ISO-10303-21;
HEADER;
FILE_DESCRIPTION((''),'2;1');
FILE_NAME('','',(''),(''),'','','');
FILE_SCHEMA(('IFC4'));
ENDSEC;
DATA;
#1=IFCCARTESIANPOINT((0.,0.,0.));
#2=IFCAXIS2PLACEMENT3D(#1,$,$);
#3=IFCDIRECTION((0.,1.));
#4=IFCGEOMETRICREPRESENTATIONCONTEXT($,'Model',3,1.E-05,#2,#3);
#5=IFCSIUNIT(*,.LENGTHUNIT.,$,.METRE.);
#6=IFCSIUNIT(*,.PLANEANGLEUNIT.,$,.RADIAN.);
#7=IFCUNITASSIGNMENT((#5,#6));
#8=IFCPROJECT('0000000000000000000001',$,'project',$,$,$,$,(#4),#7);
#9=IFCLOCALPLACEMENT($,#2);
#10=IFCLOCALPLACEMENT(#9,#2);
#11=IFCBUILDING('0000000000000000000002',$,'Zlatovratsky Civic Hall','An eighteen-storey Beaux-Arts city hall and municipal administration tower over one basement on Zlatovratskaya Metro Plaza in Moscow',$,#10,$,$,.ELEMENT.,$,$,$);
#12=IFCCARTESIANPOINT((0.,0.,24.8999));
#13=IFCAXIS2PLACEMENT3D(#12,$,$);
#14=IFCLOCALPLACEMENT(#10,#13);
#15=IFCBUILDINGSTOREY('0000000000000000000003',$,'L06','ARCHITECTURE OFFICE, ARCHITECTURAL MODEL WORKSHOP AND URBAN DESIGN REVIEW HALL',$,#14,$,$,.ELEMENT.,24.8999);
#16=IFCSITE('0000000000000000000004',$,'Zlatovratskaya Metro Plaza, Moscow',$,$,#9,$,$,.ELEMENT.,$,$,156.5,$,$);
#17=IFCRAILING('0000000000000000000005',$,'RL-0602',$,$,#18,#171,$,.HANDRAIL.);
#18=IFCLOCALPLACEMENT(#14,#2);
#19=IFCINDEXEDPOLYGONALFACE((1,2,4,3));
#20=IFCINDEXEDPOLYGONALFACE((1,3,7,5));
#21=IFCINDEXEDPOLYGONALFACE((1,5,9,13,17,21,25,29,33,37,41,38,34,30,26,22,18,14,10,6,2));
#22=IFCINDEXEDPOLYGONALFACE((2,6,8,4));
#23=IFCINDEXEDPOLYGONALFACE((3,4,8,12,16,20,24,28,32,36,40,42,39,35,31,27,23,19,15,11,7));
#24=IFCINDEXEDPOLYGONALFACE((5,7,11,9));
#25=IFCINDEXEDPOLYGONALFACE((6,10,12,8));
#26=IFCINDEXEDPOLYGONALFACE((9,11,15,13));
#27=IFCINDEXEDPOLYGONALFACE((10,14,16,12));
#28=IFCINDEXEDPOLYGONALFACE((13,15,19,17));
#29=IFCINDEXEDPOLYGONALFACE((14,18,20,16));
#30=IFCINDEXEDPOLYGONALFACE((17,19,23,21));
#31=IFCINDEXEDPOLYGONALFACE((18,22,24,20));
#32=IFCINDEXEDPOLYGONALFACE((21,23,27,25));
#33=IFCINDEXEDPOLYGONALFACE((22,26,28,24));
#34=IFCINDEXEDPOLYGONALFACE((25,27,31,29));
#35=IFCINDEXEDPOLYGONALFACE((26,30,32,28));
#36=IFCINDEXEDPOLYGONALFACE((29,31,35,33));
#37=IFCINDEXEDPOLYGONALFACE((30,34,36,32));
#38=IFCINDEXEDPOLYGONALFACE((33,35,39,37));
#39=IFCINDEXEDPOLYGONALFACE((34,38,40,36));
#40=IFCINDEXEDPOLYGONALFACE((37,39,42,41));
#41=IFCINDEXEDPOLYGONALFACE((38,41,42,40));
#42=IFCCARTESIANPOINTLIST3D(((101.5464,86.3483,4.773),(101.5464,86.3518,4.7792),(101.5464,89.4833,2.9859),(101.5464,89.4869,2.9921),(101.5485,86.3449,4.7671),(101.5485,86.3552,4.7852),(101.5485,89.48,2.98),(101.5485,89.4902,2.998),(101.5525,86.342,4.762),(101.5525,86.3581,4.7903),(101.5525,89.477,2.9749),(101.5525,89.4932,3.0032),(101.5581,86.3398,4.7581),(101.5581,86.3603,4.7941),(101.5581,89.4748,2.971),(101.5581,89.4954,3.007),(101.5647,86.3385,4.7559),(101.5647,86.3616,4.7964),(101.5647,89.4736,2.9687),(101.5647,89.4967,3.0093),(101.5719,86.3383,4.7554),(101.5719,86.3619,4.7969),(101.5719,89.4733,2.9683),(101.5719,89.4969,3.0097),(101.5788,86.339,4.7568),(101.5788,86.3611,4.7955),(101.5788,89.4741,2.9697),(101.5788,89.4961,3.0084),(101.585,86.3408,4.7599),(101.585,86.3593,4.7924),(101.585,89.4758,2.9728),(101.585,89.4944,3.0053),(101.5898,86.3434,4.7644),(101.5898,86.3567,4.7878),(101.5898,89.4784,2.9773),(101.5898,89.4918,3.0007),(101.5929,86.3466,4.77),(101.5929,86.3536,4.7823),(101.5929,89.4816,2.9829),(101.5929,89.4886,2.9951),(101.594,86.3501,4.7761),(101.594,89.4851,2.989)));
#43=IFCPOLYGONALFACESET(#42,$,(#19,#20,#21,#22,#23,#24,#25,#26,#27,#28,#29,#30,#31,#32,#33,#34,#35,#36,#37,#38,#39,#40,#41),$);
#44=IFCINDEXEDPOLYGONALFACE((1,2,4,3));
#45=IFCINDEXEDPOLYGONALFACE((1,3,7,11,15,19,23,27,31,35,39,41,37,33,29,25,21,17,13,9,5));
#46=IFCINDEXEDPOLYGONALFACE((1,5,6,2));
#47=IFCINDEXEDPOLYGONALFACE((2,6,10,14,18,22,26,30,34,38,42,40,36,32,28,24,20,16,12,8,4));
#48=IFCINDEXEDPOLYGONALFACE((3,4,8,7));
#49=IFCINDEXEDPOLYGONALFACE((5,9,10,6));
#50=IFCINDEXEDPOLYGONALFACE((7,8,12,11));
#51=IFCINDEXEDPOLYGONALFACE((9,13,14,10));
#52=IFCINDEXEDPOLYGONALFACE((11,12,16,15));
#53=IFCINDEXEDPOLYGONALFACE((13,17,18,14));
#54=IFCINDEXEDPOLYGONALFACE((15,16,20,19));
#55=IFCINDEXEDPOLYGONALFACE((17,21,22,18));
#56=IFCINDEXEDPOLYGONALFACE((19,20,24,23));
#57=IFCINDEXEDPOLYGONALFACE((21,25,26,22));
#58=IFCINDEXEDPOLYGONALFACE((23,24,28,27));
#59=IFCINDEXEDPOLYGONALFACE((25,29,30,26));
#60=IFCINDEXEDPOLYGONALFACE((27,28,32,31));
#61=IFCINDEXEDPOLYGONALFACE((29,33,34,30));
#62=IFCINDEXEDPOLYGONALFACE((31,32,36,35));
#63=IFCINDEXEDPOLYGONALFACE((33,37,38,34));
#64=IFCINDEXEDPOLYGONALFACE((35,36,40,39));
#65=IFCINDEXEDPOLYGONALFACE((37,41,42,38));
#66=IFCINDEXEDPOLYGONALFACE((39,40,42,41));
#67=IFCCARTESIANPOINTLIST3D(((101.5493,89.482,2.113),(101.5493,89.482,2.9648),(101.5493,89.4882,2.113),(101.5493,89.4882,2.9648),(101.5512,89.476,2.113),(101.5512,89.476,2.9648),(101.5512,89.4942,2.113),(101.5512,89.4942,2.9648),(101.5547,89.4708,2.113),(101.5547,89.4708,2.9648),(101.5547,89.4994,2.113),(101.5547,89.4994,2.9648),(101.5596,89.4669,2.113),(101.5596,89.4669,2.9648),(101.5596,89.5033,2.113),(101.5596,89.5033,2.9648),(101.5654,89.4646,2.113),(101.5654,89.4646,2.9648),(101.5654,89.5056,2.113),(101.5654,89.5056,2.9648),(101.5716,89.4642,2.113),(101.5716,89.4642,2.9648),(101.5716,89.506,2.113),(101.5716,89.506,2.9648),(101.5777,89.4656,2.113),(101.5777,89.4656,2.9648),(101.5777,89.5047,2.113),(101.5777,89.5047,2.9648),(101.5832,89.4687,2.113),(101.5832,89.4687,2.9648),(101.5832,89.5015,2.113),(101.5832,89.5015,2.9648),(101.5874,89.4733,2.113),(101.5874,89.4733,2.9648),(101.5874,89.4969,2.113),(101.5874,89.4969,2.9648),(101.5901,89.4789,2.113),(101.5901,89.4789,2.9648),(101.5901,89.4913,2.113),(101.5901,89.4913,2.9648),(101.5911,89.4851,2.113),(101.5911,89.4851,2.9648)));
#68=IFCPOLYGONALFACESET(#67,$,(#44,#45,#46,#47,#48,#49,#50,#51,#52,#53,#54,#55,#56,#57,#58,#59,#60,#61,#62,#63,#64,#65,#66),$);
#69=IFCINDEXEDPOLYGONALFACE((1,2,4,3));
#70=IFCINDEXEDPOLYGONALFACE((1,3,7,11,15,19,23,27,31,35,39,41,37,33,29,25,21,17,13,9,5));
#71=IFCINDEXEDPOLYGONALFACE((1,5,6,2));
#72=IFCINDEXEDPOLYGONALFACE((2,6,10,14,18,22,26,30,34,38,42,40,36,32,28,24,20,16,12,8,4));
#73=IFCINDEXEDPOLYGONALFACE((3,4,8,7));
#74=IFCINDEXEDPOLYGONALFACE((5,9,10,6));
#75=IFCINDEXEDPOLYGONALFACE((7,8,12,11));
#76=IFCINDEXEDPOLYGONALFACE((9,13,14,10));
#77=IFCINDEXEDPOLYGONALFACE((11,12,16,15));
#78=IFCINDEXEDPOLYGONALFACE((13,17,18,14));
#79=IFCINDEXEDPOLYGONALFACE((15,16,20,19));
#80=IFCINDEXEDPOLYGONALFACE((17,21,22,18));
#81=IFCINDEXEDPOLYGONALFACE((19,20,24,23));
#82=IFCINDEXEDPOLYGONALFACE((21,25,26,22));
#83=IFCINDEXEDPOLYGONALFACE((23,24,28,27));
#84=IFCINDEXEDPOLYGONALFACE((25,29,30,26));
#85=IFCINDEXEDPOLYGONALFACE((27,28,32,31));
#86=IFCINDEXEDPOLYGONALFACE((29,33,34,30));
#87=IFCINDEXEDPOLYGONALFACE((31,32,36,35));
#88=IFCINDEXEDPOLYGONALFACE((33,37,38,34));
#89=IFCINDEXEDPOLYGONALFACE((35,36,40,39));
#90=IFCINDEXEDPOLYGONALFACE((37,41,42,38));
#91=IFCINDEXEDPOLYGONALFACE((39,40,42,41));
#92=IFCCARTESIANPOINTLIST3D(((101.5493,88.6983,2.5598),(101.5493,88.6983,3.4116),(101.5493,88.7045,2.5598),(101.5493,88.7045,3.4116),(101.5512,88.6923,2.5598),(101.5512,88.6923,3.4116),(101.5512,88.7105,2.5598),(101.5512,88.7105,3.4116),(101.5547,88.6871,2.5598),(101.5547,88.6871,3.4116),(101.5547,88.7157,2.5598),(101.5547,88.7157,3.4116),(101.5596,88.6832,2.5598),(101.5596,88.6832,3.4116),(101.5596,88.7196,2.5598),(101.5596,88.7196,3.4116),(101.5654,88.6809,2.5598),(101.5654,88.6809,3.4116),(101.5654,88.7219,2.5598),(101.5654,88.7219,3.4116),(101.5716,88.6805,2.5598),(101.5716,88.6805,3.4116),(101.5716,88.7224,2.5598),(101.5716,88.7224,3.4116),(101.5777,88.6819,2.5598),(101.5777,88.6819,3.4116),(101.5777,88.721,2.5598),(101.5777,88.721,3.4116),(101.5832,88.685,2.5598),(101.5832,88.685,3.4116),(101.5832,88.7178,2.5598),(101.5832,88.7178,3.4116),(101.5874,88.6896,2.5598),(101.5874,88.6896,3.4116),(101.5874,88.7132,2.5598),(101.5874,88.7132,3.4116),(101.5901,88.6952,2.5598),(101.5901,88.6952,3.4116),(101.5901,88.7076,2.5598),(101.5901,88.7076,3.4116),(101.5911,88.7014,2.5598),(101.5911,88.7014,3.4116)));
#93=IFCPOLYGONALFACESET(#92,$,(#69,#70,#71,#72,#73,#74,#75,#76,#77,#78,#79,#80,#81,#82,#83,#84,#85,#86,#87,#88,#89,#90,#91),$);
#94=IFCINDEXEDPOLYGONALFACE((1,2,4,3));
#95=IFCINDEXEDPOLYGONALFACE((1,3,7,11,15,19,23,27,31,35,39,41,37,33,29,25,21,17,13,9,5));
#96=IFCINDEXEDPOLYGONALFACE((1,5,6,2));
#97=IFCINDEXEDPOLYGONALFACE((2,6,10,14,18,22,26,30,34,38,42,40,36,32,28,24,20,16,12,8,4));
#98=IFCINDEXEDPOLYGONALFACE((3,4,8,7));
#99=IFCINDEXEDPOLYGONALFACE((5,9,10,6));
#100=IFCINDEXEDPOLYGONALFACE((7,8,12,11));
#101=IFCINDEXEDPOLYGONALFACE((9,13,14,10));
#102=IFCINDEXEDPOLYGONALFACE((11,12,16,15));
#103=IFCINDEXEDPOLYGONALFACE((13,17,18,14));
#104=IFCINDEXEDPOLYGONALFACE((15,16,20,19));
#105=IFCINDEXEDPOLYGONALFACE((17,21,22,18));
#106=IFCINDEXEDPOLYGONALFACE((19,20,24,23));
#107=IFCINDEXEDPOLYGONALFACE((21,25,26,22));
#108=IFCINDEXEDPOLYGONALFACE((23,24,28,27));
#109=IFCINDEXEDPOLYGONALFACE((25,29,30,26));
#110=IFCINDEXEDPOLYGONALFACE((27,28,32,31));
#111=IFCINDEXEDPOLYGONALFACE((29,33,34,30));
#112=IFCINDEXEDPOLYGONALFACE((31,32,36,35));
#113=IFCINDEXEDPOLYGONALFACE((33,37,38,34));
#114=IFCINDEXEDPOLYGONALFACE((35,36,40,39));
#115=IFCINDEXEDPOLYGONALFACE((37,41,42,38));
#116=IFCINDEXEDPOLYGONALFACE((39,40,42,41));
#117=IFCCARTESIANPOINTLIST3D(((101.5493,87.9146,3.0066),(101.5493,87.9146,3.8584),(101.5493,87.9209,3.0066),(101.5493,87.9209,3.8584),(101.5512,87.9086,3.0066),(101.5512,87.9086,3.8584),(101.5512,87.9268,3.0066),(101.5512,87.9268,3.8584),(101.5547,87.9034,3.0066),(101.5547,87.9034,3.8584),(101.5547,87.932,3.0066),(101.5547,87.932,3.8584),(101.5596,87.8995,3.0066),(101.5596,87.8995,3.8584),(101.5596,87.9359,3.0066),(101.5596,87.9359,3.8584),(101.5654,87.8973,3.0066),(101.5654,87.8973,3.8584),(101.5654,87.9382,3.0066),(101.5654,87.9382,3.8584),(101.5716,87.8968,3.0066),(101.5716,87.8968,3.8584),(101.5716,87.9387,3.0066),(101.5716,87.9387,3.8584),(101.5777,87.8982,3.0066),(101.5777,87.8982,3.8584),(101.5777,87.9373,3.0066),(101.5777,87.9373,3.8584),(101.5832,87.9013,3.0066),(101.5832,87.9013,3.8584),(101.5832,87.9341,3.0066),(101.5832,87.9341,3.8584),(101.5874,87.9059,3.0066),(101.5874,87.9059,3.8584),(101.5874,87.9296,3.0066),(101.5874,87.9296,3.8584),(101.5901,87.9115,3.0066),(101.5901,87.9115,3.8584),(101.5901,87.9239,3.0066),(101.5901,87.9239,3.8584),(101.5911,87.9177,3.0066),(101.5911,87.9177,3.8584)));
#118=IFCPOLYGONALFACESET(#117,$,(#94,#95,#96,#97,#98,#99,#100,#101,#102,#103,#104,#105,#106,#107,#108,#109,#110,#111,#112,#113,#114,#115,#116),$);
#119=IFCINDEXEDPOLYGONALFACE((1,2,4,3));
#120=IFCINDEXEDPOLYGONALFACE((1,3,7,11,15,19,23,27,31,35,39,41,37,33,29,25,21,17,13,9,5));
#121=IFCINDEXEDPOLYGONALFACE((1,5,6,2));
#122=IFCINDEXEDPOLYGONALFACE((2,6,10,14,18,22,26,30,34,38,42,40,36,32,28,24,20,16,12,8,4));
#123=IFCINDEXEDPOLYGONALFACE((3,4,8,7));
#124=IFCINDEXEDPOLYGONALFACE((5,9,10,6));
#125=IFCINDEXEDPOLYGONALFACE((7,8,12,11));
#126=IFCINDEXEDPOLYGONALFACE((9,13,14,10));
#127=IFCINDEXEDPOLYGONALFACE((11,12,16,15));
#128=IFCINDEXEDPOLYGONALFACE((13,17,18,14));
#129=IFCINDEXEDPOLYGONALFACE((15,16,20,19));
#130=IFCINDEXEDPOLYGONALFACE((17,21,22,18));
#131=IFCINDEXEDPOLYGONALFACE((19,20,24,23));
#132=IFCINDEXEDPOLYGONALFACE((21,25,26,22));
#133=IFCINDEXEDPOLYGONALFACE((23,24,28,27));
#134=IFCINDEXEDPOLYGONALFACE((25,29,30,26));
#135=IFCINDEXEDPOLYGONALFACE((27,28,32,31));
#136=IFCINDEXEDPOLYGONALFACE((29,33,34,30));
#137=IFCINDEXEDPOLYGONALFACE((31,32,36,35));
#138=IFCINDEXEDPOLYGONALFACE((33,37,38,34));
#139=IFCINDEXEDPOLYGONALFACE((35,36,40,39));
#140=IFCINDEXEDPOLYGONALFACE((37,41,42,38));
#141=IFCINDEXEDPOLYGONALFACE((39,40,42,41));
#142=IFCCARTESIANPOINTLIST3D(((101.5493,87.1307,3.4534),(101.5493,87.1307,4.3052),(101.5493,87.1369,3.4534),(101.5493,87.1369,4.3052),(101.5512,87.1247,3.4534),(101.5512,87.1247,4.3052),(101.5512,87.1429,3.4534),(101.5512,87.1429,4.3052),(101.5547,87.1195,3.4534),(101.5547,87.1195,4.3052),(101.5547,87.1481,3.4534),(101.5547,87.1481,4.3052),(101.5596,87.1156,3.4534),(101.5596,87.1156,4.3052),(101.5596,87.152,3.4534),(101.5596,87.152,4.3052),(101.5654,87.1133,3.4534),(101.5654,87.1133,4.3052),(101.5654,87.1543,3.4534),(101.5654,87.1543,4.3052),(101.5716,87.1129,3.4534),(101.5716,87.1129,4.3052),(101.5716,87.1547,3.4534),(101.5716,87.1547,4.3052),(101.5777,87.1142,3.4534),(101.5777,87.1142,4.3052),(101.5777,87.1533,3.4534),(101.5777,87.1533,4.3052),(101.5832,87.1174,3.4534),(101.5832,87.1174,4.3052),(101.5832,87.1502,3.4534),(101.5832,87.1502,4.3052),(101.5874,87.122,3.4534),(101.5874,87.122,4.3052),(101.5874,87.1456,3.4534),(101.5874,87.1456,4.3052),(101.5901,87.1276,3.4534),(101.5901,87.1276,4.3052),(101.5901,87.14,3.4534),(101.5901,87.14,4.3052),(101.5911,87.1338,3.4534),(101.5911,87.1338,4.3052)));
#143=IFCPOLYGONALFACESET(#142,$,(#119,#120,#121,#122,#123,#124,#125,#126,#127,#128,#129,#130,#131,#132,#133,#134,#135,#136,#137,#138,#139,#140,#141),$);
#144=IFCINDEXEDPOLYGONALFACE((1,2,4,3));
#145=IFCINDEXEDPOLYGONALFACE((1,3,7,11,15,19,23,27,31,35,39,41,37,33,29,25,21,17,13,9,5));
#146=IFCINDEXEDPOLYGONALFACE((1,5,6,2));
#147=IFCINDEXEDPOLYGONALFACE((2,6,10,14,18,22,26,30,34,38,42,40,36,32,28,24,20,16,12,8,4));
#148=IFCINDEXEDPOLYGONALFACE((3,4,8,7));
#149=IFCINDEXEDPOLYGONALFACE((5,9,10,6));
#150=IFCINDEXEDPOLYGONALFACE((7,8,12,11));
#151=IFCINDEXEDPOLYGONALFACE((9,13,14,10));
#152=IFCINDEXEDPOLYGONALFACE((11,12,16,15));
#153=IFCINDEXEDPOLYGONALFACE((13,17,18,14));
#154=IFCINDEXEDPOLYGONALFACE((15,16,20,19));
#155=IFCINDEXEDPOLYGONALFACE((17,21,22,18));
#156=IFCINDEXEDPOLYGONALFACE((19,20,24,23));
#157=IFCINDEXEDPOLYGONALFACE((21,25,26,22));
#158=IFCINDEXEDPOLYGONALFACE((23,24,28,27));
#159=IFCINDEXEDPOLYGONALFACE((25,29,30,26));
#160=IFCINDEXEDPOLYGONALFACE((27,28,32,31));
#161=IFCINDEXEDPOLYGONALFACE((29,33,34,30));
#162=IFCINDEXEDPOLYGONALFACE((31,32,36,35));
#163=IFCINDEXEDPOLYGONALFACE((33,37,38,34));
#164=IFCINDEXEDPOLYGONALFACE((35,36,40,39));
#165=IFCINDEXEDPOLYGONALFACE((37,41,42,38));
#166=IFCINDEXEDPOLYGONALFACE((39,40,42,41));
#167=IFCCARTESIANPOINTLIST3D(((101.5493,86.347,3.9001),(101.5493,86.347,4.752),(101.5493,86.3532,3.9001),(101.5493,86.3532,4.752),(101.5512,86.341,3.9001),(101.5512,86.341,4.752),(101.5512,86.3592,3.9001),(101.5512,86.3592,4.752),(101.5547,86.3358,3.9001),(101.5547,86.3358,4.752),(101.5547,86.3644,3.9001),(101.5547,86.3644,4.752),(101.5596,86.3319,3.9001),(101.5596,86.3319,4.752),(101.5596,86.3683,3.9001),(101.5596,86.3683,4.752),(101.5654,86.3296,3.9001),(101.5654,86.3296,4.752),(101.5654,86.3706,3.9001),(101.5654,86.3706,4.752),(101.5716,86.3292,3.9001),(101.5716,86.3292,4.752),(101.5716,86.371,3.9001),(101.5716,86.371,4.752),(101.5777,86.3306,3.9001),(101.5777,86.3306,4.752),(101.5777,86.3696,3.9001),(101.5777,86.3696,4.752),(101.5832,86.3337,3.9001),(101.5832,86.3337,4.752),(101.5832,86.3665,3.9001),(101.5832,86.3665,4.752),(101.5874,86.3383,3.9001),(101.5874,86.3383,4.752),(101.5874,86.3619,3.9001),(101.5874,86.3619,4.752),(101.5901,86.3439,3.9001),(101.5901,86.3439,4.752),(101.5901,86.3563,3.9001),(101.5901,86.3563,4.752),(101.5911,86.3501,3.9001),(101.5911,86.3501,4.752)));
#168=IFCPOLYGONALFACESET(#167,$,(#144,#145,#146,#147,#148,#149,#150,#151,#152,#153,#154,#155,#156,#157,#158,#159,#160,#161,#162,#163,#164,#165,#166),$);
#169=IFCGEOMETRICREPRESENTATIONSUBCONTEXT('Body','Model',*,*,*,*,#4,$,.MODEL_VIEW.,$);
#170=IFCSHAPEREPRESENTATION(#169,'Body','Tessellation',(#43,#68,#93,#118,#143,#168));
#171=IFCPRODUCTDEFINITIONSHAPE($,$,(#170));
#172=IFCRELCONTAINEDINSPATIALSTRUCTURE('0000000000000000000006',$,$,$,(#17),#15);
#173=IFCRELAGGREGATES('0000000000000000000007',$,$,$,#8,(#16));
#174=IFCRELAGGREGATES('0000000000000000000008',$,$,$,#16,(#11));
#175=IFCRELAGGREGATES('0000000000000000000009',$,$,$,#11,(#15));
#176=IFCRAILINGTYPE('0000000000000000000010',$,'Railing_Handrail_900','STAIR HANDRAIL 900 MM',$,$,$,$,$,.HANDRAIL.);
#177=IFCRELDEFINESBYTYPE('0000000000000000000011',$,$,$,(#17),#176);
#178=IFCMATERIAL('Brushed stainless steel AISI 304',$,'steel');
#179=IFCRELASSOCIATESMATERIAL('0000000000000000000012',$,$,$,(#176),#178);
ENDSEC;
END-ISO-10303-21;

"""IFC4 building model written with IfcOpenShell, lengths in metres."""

from ifc_helpers import new_model, si_unit, direction, frame, origin, origin_2d, place, context, subcontext, project, spatial, circle, extrude, material, type_object, element, save


model = new_model("IFC4")

# Units and contexts
model_context = context("Model", 3, precision=1e-05, world=origin(), true_north=direction((0.0, 1.0)))
body_context = subcontext(model_context, "Body", "Model", "MODEL_VIEW")
ifc_project = project(units=[si_unit("LENGTHUNIT", "METRE"), si_unit("PLANEANGLEUNIT", "RADIAN")], contexts=[model_context])

# Site, building, storey
site_placement = place(None, origin())
site = spatial("IfcSite", under=ifc_project, at=site_placement, Name="Zlatovratskaya Metro Plaza, Moscow", CompositionType="ELEMENT", RefElevation=156.5)
building_placement = place(site_placement, origin())
building = spatial("IfcBuilding", under=site, at=building_placement, Name="Zlatovratsky Civic Hall", Description="An eighteen-storey Beaux-Arts city hall and municipal administration tower over one basement on Zlatovratskaya Metro Plaza in Moscow", CompositionType="ELEMENT")
storey_placement = place(building_placement, frame((0.0, 0.0, 24.8999)))
storey = spatial("IfcBuildingStorey", under=building, at=storey_placement, Name="L06", Description="ARCHITECTURE OFFICE, ARCHITECTURAL MODEL WORKSHOP AND URBAN DESIGN REVIEW HALL", CompositionType="ELEMENT", Elevation=24.8999)

# Railing
ifc_material_1 = material(Name="Brushed stainless steel AISI 304", Category="steel")
railing_type_1 = type_object("IfcRailingType", Name="Railing_Handrail_900", Description="STAIR HANDRAIL 900 MM", PredefinedType="HANDRAIL", material=ifc_material_1)
railing_1_placement = place(storey_placement, frame((101.5701, 89.4851, 2.113)))
element("IfcRailing", 1, at=railing_1_placement, inside=storey, type_object=railing_type_1, Name="RL-0602", PredefinedType="HANDRAIL", context=body_context, shape_type="SweptSolid", body=[
    extrude(circle(Radius=0.0239, at=origin_2d()), frame((0.0, 0.0, 0.876), z_axis=(0.0, -0.868759, 0.495235), x_axis=(1.0, 0.0, 0.0)), (0.0, 0.0, 1.0), 3.6086),
    extrude(circle(Radius=0.021, at=origin_2d()), origin(), (0.0, 0.0, 1.0), 0.8518),
    extrude(circle(Radius=0.021, at=origin_2d()), frame((0.0, -0.7837, 0.4468)), (0.0, 0.0, 1.0), 0.8518),
    extrude(circle(Radius=0.021, at=origin_2d()), frame((0.0, -1.5674, 0.8936)), (0.0, 0.0, 1.0), 0.8518),
    extrude(circle(Radius=0.021, at=origin_2d()), frame((0.0, -2.3513, 1.3403)), (0.0, 0.0, 1.0), 0.8518),
    extrude(circle(Radius=0.021, at=origin_2d()), frame((0.0, -3.135, 1.7871)), (0.0, 0.0, 1.0), 0.8518),
])

save(model, "model.ifc")
